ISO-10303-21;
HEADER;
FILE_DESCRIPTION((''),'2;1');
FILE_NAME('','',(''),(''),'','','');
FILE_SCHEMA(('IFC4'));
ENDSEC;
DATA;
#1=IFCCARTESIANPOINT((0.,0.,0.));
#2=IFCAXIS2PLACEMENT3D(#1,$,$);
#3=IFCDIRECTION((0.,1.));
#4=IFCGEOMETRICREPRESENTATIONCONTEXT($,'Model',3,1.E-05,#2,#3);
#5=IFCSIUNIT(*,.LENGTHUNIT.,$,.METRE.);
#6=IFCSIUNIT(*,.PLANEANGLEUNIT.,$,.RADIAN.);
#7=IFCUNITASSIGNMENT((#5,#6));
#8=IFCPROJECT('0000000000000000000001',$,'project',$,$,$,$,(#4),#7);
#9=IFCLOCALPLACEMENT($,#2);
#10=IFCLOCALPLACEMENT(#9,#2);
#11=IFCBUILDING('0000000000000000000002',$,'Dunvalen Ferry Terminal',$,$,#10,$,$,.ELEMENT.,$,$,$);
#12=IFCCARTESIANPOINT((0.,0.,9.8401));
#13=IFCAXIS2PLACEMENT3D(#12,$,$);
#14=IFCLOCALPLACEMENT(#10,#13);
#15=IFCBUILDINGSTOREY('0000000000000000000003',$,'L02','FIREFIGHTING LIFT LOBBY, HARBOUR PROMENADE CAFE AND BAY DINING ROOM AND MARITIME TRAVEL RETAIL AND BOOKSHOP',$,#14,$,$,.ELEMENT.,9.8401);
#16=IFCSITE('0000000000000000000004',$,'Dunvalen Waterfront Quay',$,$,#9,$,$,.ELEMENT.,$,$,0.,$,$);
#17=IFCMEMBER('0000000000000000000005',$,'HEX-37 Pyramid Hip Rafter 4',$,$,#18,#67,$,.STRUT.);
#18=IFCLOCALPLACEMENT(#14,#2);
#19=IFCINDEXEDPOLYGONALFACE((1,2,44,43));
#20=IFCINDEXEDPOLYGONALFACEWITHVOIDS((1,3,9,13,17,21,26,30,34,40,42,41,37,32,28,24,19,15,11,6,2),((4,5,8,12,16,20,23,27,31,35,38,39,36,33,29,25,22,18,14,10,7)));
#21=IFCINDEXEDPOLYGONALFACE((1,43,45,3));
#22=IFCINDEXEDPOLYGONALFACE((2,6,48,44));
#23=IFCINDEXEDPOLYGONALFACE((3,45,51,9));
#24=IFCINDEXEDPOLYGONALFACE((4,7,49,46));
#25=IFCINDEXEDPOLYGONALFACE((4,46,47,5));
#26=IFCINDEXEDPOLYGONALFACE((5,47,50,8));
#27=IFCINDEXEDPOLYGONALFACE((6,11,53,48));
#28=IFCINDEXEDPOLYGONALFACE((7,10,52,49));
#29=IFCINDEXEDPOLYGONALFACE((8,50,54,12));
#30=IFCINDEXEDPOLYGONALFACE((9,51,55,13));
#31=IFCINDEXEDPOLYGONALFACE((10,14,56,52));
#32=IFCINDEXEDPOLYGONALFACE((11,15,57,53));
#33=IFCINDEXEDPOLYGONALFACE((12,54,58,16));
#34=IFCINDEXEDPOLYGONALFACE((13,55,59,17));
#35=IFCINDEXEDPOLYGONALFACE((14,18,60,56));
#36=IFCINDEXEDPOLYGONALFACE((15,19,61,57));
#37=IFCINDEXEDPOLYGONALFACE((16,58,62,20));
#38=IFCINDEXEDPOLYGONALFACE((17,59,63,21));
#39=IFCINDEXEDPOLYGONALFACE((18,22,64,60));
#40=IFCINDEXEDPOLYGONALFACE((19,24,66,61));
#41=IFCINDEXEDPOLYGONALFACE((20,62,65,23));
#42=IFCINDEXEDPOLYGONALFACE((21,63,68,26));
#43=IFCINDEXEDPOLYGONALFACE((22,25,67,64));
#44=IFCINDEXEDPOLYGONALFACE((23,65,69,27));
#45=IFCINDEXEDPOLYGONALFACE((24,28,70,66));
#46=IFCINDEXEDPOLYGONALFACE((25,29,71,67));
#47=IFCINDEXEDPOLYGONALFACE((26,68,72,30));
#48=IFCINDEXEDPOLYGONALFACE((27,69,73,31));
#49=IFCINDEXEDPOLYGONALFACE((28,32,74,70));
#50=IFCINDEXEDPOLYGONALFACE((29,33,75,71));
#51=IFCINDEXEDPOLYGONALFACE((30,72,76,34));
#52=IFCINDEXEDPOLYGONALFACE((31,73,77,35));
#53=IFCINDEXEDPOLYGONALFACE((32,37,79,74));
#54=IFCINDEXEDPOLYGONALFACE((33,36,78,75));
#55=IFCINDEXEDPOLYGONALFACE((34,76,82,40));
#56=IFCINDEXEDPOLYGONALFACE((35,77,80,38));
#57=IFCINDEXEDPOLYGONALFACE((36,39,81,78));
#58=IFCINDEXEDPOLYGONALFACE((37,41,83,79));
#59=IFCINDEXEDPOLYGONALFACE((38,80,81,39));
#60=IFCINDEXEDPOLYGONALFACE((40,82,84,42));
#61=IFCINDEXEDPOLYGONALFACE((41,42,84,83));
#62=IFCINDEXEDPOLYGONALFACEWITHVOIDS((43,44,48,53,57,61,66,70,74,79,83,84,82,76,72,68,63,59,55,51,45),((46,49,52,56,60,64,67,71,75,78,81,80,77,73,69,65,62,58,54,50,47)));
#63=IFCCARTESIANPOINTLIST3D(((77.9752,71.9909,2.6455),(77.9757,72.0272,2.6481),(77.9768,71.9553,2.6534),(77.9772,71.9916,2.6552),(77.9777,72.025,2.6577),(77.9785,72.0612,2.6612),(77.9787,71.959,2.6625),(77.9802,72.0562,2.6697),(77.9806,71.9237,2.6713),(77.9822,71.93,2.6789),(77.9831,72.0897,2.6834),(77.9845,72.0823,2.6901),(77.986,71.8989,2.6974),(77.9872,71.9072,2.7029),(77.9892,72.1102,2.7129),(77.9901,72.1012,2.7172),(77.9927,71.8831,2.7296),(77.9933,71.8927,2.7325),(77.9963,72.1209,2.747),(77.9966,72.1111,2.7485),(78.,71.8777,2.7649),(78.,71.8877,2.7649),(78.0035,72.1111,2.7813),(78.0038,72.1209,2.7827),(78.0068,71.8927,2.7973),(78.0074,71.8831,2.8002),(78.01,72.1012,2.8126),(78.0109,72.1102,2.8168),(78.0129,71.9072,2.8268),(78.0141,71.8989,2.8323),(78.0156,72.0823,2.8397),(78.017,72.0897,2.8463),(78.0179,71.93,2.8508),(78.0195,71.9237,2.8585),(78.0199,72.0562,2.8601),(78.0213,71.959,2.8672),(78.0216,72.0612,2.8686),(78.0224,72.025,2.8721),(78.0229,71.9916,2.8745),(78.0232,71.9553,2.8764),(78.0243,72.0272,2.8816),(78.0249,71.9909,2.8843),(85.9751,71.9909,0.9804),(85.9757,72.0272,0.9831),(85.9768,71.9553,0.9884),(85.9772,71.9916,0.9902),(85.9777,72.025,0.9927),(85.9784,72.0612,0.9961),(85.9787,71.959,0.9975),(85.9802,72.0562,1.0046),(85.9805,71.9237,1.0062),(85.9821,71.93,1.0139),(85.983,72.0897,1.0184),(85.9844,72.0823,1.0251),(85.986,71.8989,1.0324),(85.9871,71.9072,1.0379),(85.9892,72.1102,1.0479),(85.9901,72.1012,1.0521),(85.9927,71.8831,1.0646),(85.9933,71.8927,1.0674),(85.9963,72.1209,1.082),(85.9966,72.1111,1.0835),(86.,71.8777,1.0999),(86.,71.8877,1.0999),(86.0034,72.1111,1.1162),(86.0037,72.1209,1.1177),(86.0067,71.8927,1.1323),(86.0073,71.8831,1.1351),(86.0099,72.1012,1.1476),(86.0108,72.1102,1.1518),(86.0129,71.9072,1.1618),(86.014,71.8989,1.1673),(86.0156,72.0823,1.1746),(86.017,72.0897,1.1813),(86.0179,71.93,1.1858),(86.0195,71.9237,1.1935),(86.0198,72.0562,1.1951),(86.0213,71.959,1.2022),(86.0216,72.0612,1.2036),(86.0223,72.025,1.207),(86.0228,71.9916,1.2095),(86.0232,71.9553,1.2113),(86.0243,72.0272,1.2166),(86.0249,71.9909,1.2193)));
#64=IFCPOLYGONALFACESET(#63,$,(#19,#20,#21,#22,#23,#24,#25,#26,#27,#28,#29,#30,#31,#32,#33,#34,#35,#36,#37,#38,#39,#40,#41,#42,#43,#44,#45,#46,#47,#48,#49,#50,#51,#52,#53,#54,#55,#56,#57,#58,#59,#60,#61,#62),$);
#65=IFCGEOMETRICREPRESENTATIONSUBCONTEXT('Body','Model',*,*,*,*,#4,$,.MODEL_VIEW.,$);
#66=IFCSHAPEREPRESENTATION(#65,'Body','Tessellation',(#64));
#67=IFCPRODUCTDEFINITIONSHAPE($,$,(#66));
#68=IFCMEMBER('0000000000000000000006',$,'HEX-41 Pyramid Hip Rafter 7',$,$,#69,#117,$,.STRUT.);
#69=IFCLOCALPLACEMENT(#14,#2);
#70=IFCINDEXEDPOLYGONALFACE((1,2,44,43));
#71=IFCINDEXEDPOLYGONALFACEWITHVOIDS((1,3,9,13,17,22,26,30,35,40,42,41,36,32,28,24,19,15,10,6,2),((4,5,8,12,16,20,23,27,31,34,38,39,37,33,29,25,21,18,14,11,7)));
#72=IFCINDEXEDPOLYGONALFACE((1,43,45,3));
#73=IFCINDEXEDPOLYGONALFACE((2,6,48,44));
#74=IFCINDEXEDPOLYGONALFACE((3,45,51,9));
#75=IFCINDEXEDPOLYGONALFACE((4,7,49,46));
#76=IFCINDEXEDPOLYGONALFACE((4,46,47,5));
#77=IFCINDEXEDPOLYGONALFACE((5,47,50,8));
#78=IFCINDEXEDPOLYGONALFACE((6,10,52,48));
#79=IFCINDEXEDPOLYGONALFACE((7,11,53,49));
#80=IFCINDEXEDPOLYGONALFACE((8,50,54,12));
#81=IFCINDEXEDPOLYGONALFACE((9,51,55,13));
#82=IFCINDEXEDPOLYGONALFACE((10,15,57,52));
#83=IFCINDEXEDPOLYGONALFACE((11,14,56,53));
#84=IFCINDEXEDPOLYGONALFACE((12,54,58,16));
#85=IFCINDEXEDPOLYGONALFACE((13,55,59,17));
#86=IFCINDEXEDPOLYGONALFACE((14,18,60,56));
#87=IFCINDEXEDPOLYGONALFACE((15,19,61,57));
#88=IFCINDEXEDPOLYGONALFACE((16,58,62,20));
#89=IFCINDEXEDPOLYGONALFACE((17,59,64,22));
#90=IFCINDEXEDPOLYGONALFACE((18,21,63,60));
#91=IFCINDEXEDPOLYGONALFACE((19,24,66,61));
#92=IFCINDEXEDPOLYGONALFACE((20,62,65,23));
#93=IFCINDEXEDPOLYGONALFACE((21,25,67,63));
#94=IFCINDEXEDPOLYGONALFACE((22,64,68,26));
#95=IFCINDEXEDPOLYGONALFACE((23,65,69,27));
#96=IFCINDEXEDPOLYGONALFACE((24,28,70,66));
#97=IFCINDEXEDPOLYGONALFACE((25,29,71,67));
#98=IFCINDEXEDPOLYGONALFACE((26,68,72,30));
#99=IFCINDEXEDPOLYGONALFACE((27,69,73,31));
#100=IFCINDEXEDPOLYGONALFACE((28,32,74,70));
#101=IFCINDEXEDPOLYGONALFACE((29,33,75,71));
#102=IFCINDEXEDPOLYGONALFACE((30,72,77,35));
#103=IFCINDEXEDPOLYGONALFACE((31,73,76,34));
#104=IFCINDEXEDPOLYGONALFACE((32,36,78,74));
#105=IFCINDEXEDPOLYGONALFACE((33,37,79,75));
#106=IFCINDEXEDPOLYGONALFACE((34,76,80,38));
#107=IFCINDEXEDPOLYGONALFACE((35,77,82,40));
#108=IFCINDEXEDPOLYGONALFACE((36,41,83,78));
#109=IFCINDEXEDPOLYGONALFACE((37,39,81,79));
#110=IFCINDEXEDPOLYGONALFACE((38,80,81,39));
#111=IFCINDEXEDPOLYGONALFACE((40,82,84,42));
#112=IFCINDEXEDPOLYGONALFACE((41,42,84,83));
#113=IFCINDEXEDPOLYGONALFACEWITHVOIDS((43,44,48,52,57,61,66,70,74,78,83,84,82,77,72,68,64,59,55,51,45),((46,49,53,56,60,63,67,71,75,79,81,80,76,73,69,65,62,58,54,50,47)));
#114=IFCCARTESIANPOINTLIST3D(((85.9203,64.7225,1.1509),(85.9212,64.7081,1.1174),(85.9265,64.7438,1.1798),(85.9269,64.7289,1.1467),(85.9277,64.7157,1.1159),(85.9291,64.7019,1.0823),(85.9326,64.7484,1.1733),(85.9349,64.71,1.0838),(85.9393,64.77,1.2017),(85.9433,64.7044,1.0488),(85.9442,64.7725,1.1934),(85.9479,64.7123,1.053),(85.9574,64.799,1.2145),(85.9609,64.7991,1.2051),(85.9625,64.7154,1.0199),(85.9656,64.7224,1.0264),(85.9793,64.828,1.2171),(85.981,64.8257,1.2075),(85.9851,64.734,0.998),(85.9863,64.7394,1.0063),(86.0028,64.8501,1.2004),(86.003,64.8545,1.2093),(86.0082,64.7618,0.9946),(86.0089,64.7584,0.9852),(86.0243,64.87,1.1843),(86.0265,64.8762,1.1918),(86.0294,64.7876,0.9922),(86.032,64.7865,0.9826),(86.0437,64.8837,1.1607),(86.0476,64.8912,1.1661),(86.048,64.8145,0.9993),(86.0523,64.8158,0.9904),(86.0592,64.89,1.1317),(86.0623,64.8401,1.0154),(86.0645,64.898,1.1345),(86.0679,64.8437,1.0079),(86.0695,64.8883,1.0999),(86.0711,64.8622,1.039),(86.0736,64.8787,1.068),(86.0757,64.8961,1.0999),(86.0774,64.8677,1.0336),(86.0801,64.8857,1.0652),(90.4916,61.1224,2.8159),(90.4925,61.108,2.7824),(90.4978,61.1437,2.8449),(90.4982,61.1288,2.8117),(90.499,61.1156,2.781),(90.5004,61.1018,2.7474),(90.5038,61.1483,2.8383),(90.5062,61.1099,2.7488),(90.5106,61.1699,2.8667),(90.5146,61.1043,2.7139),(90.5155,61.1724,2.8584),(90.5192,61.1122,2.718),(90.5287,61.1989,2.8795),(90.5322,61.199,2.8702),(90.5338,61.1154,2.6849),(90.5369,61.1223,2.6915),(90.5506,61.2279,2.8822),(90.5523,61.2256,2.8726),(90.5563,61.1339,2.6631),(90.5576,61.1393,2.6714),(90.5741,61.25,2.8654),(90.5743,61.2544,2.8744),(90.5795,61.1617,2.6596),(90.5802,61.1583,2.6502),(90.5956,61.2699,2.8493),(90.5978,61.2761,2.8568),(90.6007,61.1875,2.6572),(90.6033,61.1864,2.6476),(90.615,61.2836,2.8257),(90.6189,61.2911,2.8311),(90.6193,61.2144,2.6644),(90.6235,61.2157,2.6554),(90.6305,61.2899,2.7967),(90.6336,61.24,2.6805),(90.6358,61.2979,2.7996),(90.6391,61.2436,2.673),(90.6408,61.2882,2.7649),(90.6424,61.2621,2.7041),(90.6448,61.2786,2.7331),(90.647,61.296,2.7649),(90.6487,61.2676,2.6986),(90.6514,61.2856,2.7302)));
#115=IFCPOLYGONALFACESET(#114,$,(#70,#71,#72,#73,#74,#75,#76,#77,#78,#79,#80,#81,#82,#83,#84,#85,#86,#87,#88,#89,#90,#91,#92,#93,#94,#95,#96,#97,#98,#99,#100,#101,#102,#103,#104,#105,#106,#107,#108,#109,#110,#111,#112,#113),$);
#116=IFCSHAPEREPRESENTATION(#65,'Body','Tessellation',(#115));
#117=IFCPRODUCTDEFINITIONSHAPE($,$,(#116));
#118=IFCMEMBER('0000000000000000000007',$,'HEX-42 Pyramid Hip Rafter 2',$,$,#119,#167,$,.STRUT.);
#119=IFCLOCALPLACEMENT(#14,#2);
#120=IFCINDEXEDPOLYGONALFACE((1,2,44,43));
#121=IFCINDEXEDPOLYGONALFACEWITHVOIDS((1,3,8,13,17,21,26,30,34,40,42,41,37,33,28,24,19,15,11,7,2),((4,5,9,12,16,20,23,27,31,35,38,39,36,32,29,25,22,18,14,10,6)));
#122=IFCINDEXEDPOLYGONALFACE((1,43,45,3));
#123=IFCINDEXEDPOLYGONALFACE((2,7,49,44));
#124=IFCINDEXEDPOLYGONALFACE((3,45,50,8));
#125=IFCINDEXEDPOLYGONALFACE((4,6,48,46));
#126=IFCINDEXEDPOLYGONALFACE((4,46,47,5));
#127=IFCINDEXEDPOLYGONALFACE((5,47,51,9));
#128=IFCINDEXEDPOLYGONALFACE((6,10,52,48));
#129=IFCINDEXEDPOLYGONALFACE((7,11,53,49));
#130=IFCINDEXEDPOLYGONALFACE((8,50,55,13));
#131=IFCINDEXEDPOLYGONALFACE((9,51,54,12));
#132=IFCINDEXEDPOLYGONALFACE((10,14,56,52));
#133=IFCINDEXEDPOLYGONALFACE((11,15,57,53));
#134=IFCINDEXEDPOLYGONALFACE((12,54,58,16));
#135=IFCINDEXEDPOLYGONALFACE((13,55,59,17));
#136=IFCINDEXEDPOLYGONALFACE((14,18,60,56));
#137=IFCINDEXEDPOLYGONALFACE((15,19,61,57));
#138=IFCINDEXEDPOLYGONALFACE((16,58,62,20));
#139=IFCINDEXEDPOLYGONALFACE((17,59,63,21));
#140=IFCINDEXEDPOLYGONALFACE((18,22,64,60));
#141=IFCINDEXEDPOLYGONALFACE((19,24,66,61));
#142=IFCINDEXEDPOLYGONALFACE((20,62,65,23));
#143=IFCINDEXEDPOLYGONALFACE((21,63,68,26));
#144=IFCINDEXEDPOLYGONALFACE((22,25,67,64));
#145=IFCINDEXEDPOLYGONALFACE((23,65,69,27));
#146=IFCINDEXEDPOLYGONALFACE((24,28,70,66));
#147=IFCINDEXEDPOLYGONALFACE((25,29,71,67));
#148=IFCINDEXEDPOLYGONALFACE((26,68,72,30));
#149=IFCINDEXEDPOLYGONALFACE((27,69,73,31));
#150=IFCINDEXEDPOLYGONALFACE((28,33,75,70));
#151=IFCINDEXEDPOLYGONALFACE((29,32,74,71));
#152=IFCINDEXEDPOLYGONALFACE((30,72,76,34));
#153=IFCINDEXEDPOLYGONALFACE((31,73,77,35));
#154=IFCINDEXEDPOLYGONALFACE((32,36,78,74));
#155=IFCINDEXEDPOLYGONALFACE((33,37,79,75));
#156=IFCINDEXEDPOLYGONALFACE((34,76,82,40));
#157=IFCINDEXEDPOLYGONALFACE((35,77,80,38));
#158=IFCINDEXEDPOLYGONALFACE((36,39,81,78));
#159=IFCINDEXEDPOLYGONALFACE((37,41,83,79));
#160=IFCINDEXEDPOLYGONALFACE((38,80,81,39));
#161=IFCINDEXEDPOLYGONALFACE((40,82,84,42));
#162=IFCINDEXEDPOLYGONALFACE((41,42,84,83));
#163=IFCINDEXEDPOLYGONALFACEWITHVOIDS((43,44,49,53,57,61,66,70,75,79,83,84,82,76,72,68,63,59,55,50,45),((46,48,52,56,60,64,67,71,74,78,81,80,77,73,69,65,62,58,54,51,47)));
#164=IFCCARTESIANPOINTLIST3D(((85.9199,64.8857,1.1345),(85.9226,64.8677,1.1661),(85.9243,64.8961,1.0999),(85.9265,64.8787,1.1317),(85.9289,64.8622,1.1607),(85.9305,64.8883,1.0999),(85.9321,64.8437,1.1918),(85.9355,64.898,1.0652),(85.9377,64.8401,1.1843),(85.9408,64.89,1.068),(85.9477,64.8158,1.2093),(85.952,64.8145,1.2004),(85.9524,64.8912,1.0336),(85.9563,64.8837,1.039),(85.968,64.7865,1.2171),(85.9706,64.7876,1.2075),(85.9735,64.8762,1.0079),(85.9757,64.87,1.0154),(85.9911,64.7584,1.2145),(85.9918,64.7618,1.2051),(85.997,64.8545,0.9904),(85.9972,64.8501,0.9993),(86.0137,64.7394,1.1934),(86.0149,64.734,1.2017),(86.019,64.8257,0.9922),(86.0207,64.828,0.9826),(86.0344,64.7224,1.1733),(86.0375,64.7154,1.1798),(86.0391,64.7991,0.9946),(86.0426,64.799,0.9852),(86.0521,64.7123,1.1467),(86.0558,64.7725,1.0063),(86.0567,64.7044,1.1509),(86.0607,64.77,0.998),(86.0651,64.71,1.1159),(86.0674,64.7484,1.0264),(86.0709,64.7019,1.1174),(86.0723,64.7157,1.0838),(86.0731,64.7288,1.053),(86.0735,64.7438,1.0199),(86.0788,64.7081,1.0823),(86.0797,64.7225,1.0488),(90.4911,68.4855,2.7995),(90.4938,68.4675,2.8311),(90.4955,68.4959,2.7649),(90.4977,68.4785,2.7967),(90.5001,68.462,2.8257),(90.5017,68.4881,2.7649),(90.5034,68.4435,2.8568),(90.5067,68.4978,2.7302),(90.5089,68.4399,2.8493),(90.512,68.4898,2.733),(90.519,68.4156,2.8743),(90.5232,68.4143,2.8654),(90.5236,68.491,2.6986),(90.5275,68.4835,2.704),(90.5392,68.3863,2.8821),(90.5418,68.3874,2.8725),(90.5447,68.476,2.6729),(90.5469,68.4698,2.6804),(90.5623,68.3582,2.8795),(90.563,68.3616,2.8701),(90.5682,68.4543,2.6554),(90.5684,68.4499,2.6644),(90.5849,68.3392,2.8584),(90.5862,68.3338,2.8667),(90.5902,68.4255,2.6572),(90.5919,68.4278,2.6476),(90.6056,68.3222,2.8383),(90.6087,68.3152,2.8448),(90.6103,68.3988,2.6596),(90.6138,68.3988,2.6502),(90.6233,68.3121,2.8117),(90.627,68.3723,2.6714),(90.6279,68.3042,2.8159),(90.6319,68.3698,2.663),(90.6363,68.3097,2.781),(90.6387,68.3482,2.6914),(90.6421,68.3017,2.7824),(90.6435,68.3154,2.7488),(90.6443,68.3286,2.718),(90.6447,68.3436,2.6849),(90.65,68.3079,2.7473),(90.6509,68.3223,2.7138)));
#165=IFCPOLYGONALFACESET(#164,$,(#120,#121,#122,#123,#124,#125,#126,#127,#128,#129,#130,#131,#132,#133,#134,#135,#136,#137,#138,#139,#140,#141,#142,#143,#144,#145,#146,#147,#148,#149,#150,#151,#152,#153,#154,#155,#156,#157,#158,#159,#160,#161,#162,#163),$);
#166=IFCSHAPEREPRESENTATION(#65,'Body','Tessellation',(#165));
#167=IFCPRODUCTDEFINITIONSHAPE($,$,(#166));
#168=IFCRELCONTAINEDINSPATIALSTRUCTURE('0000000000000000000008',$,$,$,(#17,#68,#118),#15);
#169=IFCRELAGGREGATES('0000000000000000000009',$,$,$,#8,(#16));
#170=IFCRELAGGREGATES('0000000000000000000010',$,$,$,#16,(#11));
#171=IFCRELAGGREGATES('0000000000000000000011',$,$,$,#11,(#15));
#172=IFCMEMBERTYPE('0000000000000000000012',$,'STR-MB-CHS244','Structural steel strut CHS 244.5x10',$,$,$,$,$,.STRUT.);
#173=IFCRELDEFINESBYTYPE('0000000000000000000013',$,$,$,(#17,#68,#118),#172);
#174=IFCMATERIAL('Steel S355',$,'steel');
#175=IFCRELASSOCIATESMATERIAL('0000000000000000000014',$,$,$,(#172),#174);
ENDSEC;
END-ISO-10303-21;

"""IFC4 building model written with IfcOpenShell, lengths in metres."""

from ifc_helpers import new_model, si_unit, direction, frame, origin, origin_2d, place, context, subcontext, project, spatial, hollow_circle, extrude, material, material_profile, profile_set, type_object, element, save


model = new_model("IFC4")

# Units and contexts
model_context = context("Model", 3, precision=1e-05, world=origin(), true_north=direction((0.0, 1.0)))
body_context = subcontext(model_context, "Body", "Model", "MODEL_VIEW")
ifc_project = project(units=[si_unit("LENGTHUNIT", "METRE"), si_unit("PLANEANGLEUNIT", "RADIAN")], contexts=[model_context])

# Site, building, storey
site_placement = place(None, origin())
site = spatial("IfcSite", under=ifc_project, at=site_placement, Name="Dunvalen Waterfront Quay", CompositionType="ELEMENT", RefElevation=0.0)
building_placement = place(site_placement, origin())
building = spatial("IfcBuilding", under=site, at=building_placement, Name="Dunvalen Ferry Terminal", CompositionType="ELEMENT")
storey_placement = place(building_placement, frame((0.0, 0.0, 9.8401)))
storey = spatial("IfcBuildingStorey", under=building, at=storey_placement, Name="L02", Description="FIREFIGHTING LIFT LOBBY, HARBOUR PROMENADE CAFE AND BAY DINING ROOM AND MARITIME TRAVEL RETAIL AND BOOKSHOP", CompositionType="ELEMENT", Elevation=9.8401)

# Shared definitions
ifc_material_1 = material(Name="Steel S355", Category="steel")

# Members
ifc_material_profile_1 = material_profile(ifc_material_1, hollow_circle(Radius=0.1223, WallThickness=0.01, at=origin_2d()), Name="Steel S355")
ifc_profile_set_1 = profile_set([ifc_material_profile_1], Name="Steel S355")
member_type_1 = type_object("IfcMemberType", Name="STR-MB-CHS244", Description="Structural steel strut CHS 244.5x10", PredefinedType="STRUT", material=ifc_profile_set_1)
member_1_placement = place(storey_placement, frame((86.0, 72.0, 1.0999), z_axis=(-0.97902, 0.0, 0.203763), x_axis=(0.0, -1.0, 0.0)))
element("IfcMember", 1, at=member_1_placement, inside=storey, type_object=member_type_1, Name="HEX-37 Pyramid Hip Rafter 4", PredefinedType="STRUT", context=body_context, shape_type="SweptSolid", body=[
    extrude(hollow_circle(Radius=0.1223, WallThickness=0.01, at=origin_2d()), origin(), (0.0, 0.0, 1.0), 8.1714),
])
member_2_placement = place(storey_placement, frame((86.0, 64.8, 1.0999), z_axis=(0.755304, -0.594836, 0.275111), x_axis=(0.618711, 0.785619, 0.0)))
element("IfcMember", 2, at=member_2_placement, inside=storey, type_object=member_type_1, Name="HEX-41 Pyramid Hip Rafter 7", PredefinedType="STRUT", context=body_context, shape_type="SweptSolid", body=[
    extrude(hollow_circle(Radius=0.1223, WallThickness=0.01, at=origin_2d()), origin(), (0.0, 0.0, 1.0), 6.0522),
])
member_3_placement = place(storey_placement, frame((86.0, 64.8, 1.0999), z_axis=(0.755322, 0.59481, 0.275117), x_axis=(-0.618685, 0.785639, 0.0)))
element("IfcMember", 3, at=member_3_placement, inside=storey, type_object=member_type_1, Name="HEX-42 Pyramid Hip Rafter 2", PredefinedType="STRUT", context=body_context, shape_type="SweptSolid", body=[
    extrude(hollow_circle(Radius=0.1223, WallThickness=0.01, at=origin_2d()), origin(), (0.0, 0.0, 1.0), 6.052),
])

save(model, "model.ifc")
